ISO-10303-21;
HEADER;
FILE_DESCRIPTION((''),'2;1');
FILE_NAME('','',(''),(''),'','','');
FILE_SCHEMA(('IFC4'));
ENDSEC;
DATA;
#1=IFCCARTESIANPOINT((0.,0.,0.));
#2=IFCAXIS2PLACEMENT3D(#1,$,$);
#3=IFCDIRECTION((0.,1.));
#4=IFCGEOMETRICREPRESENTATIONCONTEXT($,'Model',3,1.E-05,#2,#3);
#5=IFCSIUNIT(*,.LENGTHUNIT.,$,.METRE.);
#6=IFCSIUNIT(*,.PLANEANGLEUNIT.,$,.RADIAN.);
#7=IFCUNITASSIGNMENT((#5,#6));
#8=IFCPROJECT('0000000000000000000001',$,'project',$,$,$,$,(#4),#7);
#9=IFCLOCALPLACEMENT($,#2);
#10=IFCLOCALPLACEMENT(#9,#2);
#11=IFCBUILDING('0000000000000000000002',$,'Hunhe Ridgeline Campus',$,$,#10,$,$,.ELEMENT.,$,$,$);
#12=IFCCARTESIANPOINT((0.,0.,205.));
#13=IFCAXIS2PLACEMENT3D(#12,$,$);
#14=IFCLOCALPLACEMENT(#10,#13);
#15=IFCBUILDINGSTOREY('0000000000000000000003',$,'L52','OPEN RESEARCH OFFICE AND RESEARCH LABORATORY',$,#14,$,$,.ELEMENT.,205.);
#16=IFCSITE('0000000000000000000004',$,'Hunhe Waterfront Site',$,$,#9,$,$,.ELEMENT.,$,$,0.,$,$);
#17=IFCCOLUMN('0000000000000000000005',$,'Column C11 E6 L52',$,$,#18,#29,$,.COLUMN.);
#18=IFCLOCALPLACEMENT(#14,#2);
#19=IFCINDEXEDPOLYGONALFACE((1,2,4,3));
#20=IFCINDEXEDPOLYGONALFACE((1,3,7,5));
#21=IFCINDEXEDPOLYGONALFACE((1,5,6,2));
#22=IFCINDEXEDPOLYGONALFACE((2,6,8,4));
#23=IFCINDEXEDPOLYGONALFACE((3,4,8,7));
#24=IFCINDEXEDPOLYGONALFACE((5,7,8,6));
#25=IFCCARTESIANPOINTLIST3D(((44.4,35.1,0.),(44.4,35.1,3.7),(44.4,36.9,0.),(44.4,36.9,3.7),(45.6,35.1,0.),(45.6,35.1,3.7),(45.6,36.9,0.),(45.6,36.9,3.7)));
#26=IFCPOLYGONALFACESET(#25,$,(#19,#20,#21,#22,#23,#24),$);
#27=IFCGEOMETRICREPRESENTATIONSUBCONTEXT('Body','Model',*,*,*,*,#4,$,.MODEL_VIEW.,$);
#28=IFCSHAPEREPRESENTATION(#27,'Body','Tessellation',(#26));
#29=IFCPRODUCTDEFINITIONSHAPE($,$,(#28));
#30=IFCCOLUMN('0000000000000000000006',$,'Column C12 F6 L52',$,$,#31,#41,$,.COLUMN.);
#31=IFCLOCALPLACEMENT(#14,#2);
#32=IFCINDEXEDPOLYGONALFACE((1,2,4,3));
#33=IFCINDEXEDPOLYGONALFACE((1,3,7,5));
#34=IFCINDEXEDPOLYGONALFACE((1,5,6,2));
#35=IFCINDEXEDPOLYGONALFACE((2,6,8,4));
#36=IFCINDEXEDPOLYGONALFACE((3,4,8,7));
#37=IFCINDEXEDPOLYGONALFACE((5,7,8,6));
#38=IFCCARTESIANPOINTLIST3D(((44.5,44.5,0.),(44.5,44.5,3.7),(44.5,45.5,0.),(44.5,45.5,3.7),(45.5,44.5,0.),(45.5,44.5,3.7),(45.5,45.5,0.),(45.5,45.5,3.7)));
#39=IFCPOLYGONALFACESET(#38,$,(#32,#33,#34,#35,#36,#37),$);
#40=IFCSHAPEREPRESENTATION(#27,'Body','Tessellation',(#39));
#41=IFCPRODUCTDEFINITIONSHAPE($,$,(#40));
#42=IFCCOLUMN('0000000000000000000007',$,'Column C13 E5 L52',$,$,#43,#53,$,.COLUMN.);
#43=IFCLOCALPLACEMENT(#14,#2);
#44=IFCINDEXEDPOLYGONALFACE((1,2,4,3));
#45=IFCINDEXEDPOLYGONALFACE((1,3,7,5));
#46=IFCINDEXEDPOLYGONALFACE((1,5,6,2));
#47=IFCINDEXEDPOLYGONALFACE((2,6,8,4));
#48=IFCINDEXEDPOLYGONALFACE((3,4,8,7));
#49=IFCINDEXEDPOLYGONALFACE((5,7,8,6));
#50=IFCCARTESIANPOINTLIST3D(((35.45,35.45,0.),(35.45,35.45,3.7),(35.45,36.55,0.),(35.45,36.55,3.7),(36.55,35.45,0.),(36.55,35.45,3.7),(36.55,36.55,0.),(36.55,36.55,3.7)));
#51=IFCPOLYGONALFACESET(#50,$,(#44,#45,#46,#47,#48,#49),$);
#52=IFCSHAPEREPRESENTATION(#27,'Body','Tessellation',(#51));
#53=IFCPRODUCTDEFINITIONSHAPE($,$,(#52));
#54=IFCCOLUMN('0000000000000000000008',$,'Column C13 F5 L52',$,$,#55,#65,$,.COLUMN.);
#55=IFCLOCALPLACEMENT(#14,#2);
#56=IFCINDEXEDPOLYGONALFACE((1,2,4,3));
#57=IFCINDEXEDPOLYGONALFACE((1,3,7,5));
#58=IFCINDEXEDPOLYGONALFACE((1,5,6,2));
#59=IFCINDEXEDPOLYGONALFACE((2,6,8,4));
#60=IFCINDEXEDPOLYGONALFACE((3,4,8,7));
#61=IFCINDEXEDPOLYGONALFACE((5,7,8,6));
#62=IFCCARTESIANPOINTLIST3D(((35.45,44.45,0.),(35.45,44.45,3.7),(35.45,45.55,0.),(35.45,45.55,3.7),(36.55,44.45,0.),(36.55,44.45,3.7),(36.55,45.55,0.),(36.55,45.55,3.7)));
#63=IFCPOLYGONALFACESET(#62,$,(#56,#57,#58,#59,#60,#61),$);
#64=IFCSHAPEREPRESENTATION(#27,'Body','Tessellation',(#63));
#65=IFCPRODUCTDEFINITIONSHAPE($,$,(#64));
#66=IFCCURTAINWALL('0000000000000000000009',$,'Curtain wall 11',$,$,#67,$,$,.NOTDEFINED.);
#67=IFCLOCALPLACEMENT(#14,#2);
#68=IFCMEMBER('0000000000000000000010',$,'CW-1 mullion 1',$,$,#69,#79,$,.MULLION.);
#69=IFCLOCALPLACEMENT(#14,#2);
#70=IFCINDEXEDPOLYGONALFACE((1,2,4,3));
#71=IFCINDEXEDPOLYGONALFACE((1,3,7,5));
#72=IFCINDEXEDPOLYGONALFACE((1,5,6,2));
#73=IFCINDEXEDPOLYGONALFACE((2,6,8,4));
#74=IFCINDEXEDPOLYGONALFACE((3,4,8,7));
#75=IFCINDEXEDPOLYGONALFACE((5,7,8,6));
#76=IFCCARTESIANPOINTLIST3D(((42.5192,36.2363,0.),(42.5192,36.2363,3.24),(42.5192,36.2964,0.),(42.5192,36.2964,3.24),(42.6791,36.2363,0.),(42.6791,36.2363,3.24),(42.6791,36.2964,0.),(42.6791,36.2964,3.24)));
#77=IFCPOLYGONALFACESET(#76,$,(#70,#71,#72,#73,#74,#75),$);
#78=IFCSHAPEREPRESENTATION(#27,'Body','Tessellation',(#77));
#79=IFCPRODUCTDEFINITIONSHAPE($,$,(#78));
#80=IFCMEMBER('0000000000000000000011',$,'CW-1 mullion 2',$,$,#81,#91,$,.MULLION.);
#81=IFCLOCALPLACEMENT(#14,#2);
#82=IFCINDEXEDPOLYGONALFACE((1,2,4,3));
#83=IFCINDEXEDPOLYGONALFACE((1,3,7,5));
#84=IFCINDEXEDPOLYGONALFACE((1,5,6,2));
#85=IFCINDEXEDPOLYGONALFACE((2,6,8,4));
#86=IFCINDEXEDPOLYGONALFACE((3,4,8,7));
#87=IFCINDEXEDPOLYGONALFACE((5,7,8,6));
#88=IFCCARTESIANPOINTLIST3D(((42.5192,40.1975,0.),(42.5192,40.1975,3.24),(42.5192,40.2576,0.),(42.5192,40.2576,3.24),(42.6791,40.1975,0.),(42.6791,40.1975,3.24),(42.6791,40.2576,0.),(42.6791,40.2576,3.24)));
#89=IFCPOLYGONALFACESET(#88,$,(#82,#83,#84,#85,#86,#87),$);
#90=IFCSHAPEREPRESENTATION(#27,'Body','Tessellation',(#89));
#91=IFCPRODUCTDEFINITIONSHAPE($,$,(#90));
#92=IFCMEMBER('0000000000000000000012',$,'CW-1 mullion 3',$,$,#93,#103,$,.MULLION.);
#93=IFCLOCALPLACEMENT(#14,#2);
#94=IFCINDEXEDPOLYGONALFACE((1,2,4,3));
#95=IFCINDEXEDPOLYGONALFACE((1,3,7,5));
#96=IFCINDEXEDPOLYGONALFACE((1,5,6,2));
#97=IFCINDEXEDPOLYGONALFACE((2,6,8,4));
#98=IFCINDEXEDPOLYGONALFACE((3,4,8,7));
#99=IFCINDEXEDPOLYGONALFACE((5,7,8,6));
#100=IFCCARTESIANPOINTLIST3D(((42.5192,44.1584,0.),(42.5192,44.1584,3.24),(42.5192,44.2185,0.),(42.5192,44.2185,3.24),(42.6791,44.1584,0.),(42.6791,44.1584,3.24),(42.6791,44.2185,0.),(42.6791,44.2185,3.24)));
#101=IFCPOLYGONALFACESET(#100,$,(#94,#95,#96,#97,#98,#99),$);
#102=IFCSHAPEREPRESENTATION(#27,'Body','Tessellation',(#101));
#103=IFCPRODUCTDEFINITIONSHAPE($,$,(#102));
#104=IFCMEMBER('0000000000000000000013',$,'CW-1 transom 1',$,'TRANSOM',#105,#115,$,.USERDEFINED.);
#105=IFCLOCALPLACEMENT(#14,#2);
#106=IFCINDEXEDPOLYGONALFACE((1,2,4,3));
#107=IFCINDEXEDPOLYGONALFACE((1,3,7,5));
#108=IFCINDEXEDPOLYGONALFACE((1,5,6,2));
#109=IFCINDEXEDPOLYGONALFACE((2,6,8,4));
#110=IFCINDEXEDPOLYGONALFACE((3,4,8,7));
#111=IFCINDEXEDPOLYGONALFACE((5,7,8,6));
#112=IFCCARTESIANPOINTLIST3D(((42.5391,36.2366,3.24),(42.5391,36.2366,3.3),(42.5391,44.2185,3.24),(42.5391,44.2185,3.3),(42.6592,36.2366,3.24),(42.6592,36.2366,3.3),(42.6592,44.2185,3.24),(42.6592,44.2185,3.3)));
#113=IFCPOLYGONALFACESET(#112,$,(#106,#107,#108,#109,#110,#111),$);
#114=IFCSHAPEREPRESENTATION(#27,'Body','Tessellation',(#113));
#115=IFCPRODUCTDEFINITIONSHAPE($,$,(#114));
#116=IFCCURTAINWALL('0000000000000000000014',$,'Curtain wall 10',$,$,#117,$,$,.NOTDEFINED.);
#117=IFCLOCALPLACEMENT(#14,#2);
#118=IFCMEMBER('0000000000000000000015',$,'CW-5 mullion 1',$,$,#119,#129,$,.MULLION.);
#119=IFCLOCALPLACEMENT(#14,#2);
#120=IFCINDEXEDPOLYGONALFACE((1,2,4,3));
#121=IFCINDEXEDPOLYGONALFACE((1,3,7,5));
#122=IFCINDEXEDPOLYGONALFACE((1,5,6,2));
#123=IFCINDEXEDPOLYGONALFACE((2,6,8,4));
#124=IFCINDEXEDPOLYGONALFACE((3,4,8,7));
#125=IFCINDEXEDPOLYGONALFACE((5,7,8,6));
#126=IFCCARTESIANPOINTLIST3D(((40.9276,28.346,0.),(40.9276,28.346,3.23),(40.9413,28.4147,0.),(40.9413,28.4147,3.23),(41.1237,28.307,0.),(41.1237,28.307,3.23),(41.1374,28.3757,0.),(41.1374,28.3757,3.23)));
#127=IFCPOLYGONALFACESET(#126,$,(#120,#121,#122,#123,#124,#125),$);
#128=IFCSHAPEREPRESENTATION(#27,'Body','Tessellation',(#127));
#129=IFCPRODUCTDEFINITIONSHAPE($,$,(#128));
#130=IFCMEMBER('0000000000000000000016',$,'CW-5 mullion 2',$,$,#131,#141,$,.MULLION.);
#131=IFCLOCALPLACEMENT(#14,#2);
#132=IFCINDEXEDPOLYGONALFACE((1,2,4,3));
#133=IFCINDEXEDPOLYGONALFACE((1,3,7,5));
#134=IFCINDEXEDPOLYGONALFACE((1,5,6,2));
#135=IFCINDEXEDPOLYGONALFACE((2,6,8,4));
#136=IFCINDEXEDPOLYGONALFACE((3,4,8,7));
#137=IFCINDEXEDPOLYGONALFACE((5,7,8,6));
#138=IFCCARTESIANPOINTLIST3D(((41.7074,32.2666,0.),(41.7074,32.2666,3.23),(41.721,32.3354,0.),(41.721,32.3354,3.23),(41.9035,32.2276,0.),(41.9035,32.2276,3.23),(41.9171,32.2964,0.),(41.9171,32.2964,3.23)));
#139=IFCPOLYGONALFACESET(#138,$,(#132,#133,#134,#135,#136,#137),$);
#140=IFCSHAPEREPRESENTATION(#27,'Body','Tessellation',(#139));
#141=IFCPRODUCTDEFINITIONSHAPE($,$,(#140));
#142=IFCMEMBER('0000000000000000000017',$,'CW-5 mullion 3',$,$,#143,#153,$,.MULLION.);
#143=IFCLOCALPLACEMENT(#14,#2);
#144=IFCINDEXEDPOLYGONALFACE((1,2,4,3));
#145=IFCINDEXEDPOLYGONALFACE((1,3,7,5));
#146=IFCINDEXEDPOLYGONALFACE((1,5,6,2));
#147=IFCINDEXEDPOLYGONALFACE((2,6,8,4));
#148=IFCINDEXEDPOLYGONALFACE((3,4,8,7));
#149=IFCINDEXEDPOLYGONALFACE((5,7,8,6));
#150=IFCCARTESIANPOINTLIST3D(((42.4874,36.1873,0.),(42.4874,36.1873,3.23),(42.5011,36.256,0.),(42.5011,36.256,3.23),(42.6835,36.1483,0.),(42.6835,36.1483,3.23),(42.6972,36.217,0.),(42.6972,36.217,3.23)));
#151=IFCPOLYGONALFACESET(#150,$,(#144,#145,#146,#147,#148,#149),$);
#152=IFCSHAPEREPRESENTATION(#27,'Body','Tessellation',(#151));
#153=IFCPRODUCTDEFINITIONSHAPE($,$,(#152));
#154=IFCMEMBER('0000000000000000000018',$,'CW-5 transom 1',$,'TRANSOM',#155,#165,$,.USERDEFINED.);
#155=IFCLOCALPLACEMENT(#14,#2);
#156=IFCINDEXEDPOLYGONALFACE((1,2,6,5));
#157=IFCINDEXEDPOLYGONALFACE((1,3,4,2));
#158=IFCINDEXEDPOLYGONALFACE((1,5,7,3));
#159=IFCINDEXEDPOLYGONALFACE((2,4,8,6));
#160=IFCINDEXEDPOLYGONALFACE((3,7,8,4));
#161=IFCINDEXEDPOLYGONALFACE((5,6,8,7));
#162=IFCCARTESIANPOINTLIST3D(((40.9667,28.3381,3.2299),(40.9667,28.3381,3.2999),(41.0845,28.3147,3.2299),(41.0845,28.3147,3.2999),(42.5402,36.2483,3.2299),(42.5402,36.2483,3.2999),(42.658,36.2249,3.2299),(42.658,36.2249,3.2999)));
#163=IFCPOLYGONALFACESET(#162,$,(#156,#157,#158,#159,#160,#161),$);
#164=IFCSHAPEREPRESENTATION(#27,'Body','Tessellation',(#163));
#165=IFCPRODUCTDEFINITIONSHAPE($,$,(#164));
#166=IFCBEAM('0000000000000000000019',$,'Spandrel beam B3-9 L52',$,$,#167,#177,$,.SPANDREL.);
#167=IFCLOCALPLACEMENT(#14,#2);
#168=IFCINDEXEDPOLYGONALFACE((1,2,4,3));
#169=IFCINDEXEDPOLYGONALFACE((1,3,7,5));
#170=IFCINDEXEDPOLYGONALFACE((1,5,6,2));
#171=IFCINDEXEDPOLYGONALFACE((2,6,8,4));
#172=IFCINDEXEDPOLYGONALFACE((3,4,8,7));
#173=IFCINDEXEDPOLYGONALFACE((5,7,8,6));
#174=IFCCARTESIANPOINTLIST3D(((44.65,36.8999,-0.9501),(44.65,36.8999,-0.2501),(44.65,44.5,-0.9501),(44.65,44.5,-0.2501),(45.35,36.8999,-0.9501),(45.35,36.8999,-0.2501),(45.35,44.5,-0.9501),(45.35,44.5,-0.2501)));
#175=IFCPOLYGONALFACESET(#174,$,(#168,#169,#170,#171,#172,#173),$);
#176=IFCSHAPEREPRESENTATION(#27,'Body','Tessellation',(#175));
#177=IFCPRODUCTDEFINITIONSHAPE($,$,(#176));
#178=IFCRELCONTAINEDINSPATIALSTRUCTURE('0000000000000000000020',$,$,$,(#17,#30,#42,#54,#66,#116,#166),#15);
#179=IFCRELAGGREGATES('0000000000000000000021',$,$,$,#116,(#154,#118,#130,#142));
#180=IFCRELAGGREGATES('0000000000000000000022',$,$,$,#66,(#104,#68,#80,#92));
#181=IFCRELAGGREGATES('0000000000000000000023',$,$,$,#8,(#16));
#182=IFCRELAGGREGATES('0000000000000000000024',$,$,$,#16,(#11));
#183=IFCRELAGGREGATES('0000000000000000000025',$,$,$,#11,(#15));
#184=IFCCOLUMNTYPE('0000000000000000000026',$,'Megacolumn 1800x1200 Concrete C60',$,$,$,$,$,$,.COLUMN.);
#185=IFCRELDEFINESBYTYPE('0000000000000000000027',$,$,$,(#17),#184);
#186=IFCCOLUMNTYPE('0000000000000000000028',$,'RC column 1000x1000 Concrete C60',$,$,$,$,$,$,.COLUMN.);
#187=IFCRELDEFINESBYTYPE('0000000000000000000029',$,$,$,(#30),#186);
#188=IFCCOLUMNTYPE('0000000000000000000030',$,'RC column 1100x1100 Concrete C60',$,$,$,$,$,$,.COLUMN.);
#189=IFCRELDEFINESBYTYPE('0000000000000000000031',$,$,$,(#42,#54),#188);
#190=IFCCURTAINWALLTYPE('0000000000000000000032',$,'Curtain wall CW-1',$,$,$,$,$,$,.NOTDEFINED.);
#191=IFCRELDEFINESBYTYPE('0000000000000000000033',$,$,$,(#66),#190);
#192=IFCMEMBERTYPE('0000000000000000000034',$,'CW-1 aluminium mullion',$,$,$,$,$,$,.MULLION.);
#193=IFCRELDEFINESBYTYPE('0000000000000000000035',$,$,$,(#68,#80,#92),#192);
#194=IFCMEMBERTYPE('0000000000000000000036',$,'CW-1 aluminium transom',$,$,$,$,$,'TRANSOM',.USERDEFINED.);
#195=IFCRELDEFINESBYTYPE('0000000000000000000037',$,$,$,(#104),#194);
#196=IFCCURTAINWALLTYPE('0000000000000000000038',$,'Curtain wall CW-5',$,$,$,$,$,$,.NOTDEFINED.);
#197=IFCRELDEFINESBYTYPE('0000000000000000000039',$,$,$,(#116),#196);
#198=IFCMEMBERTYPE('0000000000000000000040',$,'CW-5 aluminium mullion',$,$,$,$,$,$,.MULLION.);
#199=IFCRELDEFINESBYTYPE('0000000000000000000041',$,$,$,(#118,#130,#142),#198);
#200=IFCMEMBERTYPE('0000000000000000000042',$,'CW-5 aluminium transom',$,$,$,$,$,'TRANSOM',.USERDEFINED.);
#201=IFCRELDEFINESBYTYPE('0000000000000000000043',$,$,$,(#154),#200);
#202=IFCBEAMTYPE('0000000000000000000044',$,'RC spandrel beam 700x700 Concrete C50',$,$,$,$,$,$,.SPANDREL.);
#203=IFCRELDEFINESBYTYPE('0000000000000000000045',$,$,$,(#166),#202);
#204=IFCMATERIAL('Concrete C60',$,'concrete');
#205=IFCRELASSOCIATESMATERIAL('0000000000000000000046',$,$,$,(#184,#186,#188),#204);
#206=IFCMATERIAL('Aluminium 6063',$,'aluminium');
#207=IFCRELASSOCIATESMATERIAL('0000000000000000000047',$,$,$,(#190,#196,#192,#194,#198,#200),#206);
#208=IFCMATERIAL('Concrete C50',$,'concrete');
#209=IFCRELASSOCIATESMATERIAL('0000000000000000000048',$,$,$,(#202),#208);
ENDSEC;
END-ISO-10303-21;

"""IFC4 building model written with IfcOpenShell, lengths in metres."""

from ifc_helpers import new_model, si_unit, direction, frame, origin, origin_2d, place, context, subcontext, project, spatial, rectangle, extrude, material, material_profile, profile_set, type_object, element, aggregate, save


model = new_model("IFC4")

# Units and contexts
model_context = context("Model", 3, precision=1e-05, world=origin(), true_north=direction((0.0, 1.0)))
body_context = subcontext(model_context, "Body", "Model", "MODEL_VIEW")
ifc_project = project(units=[si_unit("LENGTHUNIT", "METRE"), si_unit("PLANEANGLEUNIT", "RADIAN")], contexts=[model_context])

# Site, building, storey
site_placement = place(None, origin())
site = spatial("IfcSite", under=ifc_project, at=site_placement, Name="Hunhe Waterfront Site", CompositionType="ELEMENT", RefElevation=0.0)
building_placement = place(site_placement, origin())
building = spatial("IfcBuilding", under=site, at=building_placement, Name="Hunhe Ridgeline Campus", CompositionType="ELEMENT")
storey_placement = place(building_placement, frame((0.0, 0.0, 205.0)))
storey = spatial("IfcBuildingStorey", under=building, at=storey_placement, Name="L52", Description="OPEN RESEARCH OFFICE AND RESEARCH LABORATORY", CompositionType="ELEMENT", Elevation=205.0)

# Columns
ifc_material_1 = material(Name="Concrete C60", Category="concrete")
ifc_material_profile_1 = material_profile(ifc_material_1, rectangle(XDim=1.8, YDim=1.2, at=origin_2d()))
ifc_profile_set_1 = profile_set([ifc_material_profile_1], Name="Concrete C60")
column_type_1 = type_object("IfcColumnType", Name="Megacolumn 1800x1200 Concrete C60", PredefinedType="COLUMN", material=ifc_profile_set_1)
column_1_placement = place(storey_placement, frame((45.0, 36.0, 0.0), z_axis=(0.0, 0.0, 1.0), x_axis=(0.0, 1.0, 0.0)))
element("IfcColumn", 1, at=column_1_placement, inside=storey, type_object=column_type_1, Name="Column C11 E6 L52", PredefinedType="COLUMN", context=body_context, shape_type="SweptSolid", body=[
    extrude(rectangle(XDim=1.8, YDim=1.2, at=origin_2d()), origin(), (0.0, 0.0, 1.0), 3.7),
])
ifc_material_profile_2 = material_profile(ifc_material_1, rectangle(XDim=1.0, YDim=1.0, at=origin_2d()))
ifc_profile_set_2 = profile_set([ifc_material_profile_2], Name="Concrete C60")
column_type_2 = type_object("IfcColumnType", Name="RC column 1000x1000 Concrete C60", PredefinedType="COLUMN", material=ifc_profile_set_2)
column_2_placement = place(storey_placement, frame((45.0, 45.0, 0.0), z_axis=(0.0, 0.0, 1.0), x_axis=(1.0, 0.0, 0.0)))
element("IfcColumn", 2, at=column_2_placement, inside=storey, type_object=column_type_2, Name="Column C12 F6 L52", PredefinedType="COLUMN", context=body_context, shape_type="SweptSolid", body=[
    extrude(rectangle(XDim=1.0, YDim=1.0, at=origin_2d()), origin(), (0.0, 0.0, 1.0), 3.7),
])
ifc_material_profile_3 = material_profile(ifc_material_1, rectangle(XDim=1.1001, YDim=1.1001, at=origin_2d()))
ifc_profile_set_3 = profile_set([ifc_material_profile_3], Name="Concrete C60")
column_type_3 = type_object("IfcColumnType", Name="RC column 1100x1100 Concrete C60", PredefinedType="COLUMN", material=ifc_profile_set_3)
for number, where, z_axis, x_axis, name in (
    (3, (36.0, 36.0, 0.0), (0.0, 0.0, 1.0), (1.0, 0.0, 0.0), "Column C13 E5 L52"),
    (4, (36.0, 45.0, 0.0), (0.0, 0.0, 1.0), (1.0, 0.0, 0.0), "Column C13 F5 L52"),
):
    element("IfcColumn", number, at=place(storey_placement, frame(where, z_axis=z_axis, x_axis=x_axis)), inside=storey, type_object=column_type_3, Name=name, PredefinedType="COLUMN", context=body_context, shape_type="SweptSolid", body=[
        extrude(rectangle(XDim=1.1001, YDim=1.1001, at=origin_2d()), origin(), (0.0, 0.0, 1.0), 3.7),
    ])

# Curtain walls, members
ifc_material_2 = material(Name="Aluminium 6063", Category="aluminium")
curtain_wall_type_1 = type_object("IfcCurtainWallType", Name="Curtain wall CW-1", PredefinedType="NOTDEFINED", material=ifc_material_2)
curtain_wall_1_placement = place(storey_placement, origin())
curtain_wall_1 = element("IfcCurtainWall", 5, at=curtain_wall_1_placement, inside=storey, type_object=curtain_wall_type_1, Name="Curtain wall 11", PredefinedType="NOTDEFINED")
ifc_material_profile_4 = material_profile(ifc_material_2, rectangle(XDim=0.1599, YDim=0.0601, at=origin_2d()))
ifc_profile_set_4 = profile_set([ifc_material_profile_4], Name="Aluminium 6063")
member_type_1 = type_object("IfcMemberType", Name="CW-1 aluminium mullion", PredefinedType="MULLION", material=ifc_profile_set_4)
member_1_placement = place(storey_placement, frame((42.5991, 36.2664, 0.0), z_axis=(0.0, 0.0, 1.0), x_axis=(-1.0, 0.000007, 0.0)))
member_1 = element("IfcMember", 6, at=member_1_placement, type_object=member_type_1, Name="CW-1 mullion 1", PredefinedType="MULLION", context=body_context, shape_type="SweptSolid", body=[
    extrude(rectangle(XDim=0.1599, YDim=0.0601, at=origin_2d()), origin(), (0.0, 0.0, 1.0), 3.24),
])
member_2_placement = place(storey_placement, frame((42.5991, 40.2275, 0.0), z_axis=(0.0, 0.0, 1.0), x_axis=(-1.0, 0.000007, 0.0)))
member_2 = element("IfcMember", 7, at=member_2_placement, type_object=member_type_1, Name="CW-1 mullion 2", PredefinedType="MULLION", context=body_context, shape_type="SweptSolid", body=[
    extrude(rectangle(XDim=0.1599, YDim=0.0601, at=origin_2d()), origin(), (0.0, 0.0, 1.0), 3.24),
])
member_3_placement = place(storey_placement, frame((42.5991, 44.1885, 0.0), z_axis=(0.0, 0.0, 1.0), x_axis=(-1.0, 0.000007, 0.0)))
member_3 = element("IfcMember", 8, at=member_3_placement, type_object=member_type_1, Name="CW-1 mullion 3", PredefinedType="MULLION", context=body_context, shape_type="SweptSolid", body=[
    extrude(rectangle(XDim=0.1599, YDim=0.0601, at=origin_2d()), origin(), (0.0, 0.0, 1.0), 3.24),
])
ifc_material_profile_5 = material_profile(ifc_material_2, rectangle(XDim=0.1201, YDim=0.0601, at=origin_2d()))
ifc_profile_set_5 = profile_set([ifc_material_profile_5], Name="Aluminium 6063")
member_type_2 = type_object("IfcMemberType", Name="CW-1 aluminium transom", ElementType="TRANSOM", PredefinedType="USERDEFINED", material=ifc_profile_set_5)
member_4_placement = place(storey_placement, frame((42.5991, 36.2366, 3.27), z_axis=(0.0, 1.0, 0.0), x_axis=(-1.0, 0.0, 0.0)))
member_4 = element("IfcMember", 9, at=member_4_placement, type_object=member_type_2, Name="CW-1 transom 1", ObjectType="TRANSOM", PredefinedType="USERDEFINED", context=body_context, shape_type="SweptSolid", body=[
    extrude(rectangle(XDim=0.1201, YDim=0.0601, at=origin_2d()), origin(), (0.0, 0.0, 1.0), 7.9819),
])
curtain_wall_type_2 = type_object("IfcCurtainWallType", Name="Curtain wall CW-5", PredefinedType="NOTDEFINED", material=ifc_material_2)
curtain_wall_2_placement = place(storey_placement, origin())
curtain_wall_2 = element("IfcCurtainWall", 10, at=curtain_wall_2_placement, inside=storey, type_object=curtain_wall_type_2, Name="Curtain wall 10", PredefinedType="NOTDEFINED")
ifc_material_profile_6 = material_profile(ifc_material_2, rectangle(XDim=0.2, YDim=0.0701, at=origin_2d()))
ifc_profile_set_6 = profile_set([ifc_material_profile_6], Name="Aluminium 6063")
member_type_3 = type_object("IfcMemberType", Name="CW-5 aluminium mullion", PredefinedType="MULLION", material=ifc_profile_set_6)
member_5_placement = place(storey_placement, frame((41.0325, 28.3608, 0.0), z_axis=(0.0, 0.0, 1.0), x_axis=(-0.980785, 0.19509, 0.0)))
member_5 = element("IfcMember", 11, at=member_5_placement, type_object=member_type_3, Name="CW-5 mullion 1", PredefinedType="MULLION", context=body_context, shape_type="SweptSolid", body=[
    extrude(rectangle(XDim=0.2, YDim=0.0701, at=origin_2d()), origin(), (0.0, 0.0, 1.0), 3.23),
])
member_6_placement = place(storey_placement, frame((41.8123, 32.2815, 0.0), z_axis=(0.0, 0.0, 1.0), x_axis=(-0.980785, 0.19509, 0.0)))
member_6 = element("IfcMember", 12, at=member_6_placement, type_object=member_type_3, Name="CW-5 mullion 2", PredefinedType="MULLION", context=body_context, shape_type="SweptSolid", body=[
    extrude(rectangle(XDim=0.2, YDim=0.0701, at=origin_2d()), origin(), (0.0, 0.0, 1.0), 3.23),
])
member_7_placement = place(storey_placement, frame((42.5923, 36.2021, 0.0), z_axis=(0.0, 0.0, 1.0), x_axis=(-0.980785, 0.19509, 0.0)))
member_7 = element("IfcMember", 13, at=member_7_placement, type_object=member_type_3, Name="CW-5 mullion 3", PredefinedType="MULLION", context=body_context, shape_type="SweptSolid", body=[
    extrude(rectangle(XDim=0.2, YDim=0.0701, at=origin_2d()), origin(), (0.0, 0.0, 1.0), 3.23),
])
ifc_material_profile_7 = material_profile(ifc_material_2, rectangle(XDim=0.1201, YDim=0.0701, at=origin_2d()))
ifc_profile_set_7 = profile_set([ifc_material_profile_7], Name="Aluminium 6063")
member_type_4 = type_object("IfcMemberType", Name="CW-5 aluminium transom", ElementType="TRANSOM", PredefinedType="USERDEFINED", material=ifc_profile_set_7)
member_8_placement = place(storey_placement, frame((41.0256, 28.3264, 3.2649), z_axis=(0.195097, 0.980784, 0.0), x_axis=(-0.980784, 0.195097, 0.0)))
member_8 = element("IfcMember", 14, at=member_8_placement, type_object=member_type_4, Name="CW-5 transom 1", ObjectType="TRANSOM", PredefinedType="USERDEFINED", context=body_context, shape_type="SweptSolid", body=[
    extrude(rectangle(XDim=0.1201, YDim=0.0701, at=origin_2d()), origin(), (0.0, 0.0, 1.0), 8.0652),
])

# Beam
ifc_material_3 = material(Name="Concrete C50", Category="concrete")
ifc_material_profile_8 = material_profile(ifc_material_3, rectangle(XDim=0.7, YDim=0.7, at=origin_2d()))
ifc_profile_set_8 = profile_set([ifc_material_profile_8], Name="Concrete C50")
beam_type = type_object("IfcBeamType", Name="RC spandrel beam 700x700 Concrete C50", PredefinedType="SPANDREL", material=ifc_profile_set_8)
beam_placement = place(storey_placement, frame((45.0, 36.8999, -0.6001), z_axis=(0.0, 1.0, 0.0), x_axis=(-1.0, 0.0, 0.0)))
element("IfcBeam", 15, at=beam_placement, inside=storey, type_object=beam_type, Name="Spandrel beam B3-9 L52", PredefinedType="SPANDREL", context=body_context, shape_type="SweptSolid", body=[
    extrude(rectangle(XDim=0.7, YDim=0.7, at=origin_2d()), origin(), (0.0, 0.0, 1.0), 7.6001),
])

aggregate(curtain_wall_2, [member_8, member_5, member_6, member_7])
aggregate(curtain_wall_1, [member_4, member_1, member_2, member_3])

save(model, "model.ifc")
